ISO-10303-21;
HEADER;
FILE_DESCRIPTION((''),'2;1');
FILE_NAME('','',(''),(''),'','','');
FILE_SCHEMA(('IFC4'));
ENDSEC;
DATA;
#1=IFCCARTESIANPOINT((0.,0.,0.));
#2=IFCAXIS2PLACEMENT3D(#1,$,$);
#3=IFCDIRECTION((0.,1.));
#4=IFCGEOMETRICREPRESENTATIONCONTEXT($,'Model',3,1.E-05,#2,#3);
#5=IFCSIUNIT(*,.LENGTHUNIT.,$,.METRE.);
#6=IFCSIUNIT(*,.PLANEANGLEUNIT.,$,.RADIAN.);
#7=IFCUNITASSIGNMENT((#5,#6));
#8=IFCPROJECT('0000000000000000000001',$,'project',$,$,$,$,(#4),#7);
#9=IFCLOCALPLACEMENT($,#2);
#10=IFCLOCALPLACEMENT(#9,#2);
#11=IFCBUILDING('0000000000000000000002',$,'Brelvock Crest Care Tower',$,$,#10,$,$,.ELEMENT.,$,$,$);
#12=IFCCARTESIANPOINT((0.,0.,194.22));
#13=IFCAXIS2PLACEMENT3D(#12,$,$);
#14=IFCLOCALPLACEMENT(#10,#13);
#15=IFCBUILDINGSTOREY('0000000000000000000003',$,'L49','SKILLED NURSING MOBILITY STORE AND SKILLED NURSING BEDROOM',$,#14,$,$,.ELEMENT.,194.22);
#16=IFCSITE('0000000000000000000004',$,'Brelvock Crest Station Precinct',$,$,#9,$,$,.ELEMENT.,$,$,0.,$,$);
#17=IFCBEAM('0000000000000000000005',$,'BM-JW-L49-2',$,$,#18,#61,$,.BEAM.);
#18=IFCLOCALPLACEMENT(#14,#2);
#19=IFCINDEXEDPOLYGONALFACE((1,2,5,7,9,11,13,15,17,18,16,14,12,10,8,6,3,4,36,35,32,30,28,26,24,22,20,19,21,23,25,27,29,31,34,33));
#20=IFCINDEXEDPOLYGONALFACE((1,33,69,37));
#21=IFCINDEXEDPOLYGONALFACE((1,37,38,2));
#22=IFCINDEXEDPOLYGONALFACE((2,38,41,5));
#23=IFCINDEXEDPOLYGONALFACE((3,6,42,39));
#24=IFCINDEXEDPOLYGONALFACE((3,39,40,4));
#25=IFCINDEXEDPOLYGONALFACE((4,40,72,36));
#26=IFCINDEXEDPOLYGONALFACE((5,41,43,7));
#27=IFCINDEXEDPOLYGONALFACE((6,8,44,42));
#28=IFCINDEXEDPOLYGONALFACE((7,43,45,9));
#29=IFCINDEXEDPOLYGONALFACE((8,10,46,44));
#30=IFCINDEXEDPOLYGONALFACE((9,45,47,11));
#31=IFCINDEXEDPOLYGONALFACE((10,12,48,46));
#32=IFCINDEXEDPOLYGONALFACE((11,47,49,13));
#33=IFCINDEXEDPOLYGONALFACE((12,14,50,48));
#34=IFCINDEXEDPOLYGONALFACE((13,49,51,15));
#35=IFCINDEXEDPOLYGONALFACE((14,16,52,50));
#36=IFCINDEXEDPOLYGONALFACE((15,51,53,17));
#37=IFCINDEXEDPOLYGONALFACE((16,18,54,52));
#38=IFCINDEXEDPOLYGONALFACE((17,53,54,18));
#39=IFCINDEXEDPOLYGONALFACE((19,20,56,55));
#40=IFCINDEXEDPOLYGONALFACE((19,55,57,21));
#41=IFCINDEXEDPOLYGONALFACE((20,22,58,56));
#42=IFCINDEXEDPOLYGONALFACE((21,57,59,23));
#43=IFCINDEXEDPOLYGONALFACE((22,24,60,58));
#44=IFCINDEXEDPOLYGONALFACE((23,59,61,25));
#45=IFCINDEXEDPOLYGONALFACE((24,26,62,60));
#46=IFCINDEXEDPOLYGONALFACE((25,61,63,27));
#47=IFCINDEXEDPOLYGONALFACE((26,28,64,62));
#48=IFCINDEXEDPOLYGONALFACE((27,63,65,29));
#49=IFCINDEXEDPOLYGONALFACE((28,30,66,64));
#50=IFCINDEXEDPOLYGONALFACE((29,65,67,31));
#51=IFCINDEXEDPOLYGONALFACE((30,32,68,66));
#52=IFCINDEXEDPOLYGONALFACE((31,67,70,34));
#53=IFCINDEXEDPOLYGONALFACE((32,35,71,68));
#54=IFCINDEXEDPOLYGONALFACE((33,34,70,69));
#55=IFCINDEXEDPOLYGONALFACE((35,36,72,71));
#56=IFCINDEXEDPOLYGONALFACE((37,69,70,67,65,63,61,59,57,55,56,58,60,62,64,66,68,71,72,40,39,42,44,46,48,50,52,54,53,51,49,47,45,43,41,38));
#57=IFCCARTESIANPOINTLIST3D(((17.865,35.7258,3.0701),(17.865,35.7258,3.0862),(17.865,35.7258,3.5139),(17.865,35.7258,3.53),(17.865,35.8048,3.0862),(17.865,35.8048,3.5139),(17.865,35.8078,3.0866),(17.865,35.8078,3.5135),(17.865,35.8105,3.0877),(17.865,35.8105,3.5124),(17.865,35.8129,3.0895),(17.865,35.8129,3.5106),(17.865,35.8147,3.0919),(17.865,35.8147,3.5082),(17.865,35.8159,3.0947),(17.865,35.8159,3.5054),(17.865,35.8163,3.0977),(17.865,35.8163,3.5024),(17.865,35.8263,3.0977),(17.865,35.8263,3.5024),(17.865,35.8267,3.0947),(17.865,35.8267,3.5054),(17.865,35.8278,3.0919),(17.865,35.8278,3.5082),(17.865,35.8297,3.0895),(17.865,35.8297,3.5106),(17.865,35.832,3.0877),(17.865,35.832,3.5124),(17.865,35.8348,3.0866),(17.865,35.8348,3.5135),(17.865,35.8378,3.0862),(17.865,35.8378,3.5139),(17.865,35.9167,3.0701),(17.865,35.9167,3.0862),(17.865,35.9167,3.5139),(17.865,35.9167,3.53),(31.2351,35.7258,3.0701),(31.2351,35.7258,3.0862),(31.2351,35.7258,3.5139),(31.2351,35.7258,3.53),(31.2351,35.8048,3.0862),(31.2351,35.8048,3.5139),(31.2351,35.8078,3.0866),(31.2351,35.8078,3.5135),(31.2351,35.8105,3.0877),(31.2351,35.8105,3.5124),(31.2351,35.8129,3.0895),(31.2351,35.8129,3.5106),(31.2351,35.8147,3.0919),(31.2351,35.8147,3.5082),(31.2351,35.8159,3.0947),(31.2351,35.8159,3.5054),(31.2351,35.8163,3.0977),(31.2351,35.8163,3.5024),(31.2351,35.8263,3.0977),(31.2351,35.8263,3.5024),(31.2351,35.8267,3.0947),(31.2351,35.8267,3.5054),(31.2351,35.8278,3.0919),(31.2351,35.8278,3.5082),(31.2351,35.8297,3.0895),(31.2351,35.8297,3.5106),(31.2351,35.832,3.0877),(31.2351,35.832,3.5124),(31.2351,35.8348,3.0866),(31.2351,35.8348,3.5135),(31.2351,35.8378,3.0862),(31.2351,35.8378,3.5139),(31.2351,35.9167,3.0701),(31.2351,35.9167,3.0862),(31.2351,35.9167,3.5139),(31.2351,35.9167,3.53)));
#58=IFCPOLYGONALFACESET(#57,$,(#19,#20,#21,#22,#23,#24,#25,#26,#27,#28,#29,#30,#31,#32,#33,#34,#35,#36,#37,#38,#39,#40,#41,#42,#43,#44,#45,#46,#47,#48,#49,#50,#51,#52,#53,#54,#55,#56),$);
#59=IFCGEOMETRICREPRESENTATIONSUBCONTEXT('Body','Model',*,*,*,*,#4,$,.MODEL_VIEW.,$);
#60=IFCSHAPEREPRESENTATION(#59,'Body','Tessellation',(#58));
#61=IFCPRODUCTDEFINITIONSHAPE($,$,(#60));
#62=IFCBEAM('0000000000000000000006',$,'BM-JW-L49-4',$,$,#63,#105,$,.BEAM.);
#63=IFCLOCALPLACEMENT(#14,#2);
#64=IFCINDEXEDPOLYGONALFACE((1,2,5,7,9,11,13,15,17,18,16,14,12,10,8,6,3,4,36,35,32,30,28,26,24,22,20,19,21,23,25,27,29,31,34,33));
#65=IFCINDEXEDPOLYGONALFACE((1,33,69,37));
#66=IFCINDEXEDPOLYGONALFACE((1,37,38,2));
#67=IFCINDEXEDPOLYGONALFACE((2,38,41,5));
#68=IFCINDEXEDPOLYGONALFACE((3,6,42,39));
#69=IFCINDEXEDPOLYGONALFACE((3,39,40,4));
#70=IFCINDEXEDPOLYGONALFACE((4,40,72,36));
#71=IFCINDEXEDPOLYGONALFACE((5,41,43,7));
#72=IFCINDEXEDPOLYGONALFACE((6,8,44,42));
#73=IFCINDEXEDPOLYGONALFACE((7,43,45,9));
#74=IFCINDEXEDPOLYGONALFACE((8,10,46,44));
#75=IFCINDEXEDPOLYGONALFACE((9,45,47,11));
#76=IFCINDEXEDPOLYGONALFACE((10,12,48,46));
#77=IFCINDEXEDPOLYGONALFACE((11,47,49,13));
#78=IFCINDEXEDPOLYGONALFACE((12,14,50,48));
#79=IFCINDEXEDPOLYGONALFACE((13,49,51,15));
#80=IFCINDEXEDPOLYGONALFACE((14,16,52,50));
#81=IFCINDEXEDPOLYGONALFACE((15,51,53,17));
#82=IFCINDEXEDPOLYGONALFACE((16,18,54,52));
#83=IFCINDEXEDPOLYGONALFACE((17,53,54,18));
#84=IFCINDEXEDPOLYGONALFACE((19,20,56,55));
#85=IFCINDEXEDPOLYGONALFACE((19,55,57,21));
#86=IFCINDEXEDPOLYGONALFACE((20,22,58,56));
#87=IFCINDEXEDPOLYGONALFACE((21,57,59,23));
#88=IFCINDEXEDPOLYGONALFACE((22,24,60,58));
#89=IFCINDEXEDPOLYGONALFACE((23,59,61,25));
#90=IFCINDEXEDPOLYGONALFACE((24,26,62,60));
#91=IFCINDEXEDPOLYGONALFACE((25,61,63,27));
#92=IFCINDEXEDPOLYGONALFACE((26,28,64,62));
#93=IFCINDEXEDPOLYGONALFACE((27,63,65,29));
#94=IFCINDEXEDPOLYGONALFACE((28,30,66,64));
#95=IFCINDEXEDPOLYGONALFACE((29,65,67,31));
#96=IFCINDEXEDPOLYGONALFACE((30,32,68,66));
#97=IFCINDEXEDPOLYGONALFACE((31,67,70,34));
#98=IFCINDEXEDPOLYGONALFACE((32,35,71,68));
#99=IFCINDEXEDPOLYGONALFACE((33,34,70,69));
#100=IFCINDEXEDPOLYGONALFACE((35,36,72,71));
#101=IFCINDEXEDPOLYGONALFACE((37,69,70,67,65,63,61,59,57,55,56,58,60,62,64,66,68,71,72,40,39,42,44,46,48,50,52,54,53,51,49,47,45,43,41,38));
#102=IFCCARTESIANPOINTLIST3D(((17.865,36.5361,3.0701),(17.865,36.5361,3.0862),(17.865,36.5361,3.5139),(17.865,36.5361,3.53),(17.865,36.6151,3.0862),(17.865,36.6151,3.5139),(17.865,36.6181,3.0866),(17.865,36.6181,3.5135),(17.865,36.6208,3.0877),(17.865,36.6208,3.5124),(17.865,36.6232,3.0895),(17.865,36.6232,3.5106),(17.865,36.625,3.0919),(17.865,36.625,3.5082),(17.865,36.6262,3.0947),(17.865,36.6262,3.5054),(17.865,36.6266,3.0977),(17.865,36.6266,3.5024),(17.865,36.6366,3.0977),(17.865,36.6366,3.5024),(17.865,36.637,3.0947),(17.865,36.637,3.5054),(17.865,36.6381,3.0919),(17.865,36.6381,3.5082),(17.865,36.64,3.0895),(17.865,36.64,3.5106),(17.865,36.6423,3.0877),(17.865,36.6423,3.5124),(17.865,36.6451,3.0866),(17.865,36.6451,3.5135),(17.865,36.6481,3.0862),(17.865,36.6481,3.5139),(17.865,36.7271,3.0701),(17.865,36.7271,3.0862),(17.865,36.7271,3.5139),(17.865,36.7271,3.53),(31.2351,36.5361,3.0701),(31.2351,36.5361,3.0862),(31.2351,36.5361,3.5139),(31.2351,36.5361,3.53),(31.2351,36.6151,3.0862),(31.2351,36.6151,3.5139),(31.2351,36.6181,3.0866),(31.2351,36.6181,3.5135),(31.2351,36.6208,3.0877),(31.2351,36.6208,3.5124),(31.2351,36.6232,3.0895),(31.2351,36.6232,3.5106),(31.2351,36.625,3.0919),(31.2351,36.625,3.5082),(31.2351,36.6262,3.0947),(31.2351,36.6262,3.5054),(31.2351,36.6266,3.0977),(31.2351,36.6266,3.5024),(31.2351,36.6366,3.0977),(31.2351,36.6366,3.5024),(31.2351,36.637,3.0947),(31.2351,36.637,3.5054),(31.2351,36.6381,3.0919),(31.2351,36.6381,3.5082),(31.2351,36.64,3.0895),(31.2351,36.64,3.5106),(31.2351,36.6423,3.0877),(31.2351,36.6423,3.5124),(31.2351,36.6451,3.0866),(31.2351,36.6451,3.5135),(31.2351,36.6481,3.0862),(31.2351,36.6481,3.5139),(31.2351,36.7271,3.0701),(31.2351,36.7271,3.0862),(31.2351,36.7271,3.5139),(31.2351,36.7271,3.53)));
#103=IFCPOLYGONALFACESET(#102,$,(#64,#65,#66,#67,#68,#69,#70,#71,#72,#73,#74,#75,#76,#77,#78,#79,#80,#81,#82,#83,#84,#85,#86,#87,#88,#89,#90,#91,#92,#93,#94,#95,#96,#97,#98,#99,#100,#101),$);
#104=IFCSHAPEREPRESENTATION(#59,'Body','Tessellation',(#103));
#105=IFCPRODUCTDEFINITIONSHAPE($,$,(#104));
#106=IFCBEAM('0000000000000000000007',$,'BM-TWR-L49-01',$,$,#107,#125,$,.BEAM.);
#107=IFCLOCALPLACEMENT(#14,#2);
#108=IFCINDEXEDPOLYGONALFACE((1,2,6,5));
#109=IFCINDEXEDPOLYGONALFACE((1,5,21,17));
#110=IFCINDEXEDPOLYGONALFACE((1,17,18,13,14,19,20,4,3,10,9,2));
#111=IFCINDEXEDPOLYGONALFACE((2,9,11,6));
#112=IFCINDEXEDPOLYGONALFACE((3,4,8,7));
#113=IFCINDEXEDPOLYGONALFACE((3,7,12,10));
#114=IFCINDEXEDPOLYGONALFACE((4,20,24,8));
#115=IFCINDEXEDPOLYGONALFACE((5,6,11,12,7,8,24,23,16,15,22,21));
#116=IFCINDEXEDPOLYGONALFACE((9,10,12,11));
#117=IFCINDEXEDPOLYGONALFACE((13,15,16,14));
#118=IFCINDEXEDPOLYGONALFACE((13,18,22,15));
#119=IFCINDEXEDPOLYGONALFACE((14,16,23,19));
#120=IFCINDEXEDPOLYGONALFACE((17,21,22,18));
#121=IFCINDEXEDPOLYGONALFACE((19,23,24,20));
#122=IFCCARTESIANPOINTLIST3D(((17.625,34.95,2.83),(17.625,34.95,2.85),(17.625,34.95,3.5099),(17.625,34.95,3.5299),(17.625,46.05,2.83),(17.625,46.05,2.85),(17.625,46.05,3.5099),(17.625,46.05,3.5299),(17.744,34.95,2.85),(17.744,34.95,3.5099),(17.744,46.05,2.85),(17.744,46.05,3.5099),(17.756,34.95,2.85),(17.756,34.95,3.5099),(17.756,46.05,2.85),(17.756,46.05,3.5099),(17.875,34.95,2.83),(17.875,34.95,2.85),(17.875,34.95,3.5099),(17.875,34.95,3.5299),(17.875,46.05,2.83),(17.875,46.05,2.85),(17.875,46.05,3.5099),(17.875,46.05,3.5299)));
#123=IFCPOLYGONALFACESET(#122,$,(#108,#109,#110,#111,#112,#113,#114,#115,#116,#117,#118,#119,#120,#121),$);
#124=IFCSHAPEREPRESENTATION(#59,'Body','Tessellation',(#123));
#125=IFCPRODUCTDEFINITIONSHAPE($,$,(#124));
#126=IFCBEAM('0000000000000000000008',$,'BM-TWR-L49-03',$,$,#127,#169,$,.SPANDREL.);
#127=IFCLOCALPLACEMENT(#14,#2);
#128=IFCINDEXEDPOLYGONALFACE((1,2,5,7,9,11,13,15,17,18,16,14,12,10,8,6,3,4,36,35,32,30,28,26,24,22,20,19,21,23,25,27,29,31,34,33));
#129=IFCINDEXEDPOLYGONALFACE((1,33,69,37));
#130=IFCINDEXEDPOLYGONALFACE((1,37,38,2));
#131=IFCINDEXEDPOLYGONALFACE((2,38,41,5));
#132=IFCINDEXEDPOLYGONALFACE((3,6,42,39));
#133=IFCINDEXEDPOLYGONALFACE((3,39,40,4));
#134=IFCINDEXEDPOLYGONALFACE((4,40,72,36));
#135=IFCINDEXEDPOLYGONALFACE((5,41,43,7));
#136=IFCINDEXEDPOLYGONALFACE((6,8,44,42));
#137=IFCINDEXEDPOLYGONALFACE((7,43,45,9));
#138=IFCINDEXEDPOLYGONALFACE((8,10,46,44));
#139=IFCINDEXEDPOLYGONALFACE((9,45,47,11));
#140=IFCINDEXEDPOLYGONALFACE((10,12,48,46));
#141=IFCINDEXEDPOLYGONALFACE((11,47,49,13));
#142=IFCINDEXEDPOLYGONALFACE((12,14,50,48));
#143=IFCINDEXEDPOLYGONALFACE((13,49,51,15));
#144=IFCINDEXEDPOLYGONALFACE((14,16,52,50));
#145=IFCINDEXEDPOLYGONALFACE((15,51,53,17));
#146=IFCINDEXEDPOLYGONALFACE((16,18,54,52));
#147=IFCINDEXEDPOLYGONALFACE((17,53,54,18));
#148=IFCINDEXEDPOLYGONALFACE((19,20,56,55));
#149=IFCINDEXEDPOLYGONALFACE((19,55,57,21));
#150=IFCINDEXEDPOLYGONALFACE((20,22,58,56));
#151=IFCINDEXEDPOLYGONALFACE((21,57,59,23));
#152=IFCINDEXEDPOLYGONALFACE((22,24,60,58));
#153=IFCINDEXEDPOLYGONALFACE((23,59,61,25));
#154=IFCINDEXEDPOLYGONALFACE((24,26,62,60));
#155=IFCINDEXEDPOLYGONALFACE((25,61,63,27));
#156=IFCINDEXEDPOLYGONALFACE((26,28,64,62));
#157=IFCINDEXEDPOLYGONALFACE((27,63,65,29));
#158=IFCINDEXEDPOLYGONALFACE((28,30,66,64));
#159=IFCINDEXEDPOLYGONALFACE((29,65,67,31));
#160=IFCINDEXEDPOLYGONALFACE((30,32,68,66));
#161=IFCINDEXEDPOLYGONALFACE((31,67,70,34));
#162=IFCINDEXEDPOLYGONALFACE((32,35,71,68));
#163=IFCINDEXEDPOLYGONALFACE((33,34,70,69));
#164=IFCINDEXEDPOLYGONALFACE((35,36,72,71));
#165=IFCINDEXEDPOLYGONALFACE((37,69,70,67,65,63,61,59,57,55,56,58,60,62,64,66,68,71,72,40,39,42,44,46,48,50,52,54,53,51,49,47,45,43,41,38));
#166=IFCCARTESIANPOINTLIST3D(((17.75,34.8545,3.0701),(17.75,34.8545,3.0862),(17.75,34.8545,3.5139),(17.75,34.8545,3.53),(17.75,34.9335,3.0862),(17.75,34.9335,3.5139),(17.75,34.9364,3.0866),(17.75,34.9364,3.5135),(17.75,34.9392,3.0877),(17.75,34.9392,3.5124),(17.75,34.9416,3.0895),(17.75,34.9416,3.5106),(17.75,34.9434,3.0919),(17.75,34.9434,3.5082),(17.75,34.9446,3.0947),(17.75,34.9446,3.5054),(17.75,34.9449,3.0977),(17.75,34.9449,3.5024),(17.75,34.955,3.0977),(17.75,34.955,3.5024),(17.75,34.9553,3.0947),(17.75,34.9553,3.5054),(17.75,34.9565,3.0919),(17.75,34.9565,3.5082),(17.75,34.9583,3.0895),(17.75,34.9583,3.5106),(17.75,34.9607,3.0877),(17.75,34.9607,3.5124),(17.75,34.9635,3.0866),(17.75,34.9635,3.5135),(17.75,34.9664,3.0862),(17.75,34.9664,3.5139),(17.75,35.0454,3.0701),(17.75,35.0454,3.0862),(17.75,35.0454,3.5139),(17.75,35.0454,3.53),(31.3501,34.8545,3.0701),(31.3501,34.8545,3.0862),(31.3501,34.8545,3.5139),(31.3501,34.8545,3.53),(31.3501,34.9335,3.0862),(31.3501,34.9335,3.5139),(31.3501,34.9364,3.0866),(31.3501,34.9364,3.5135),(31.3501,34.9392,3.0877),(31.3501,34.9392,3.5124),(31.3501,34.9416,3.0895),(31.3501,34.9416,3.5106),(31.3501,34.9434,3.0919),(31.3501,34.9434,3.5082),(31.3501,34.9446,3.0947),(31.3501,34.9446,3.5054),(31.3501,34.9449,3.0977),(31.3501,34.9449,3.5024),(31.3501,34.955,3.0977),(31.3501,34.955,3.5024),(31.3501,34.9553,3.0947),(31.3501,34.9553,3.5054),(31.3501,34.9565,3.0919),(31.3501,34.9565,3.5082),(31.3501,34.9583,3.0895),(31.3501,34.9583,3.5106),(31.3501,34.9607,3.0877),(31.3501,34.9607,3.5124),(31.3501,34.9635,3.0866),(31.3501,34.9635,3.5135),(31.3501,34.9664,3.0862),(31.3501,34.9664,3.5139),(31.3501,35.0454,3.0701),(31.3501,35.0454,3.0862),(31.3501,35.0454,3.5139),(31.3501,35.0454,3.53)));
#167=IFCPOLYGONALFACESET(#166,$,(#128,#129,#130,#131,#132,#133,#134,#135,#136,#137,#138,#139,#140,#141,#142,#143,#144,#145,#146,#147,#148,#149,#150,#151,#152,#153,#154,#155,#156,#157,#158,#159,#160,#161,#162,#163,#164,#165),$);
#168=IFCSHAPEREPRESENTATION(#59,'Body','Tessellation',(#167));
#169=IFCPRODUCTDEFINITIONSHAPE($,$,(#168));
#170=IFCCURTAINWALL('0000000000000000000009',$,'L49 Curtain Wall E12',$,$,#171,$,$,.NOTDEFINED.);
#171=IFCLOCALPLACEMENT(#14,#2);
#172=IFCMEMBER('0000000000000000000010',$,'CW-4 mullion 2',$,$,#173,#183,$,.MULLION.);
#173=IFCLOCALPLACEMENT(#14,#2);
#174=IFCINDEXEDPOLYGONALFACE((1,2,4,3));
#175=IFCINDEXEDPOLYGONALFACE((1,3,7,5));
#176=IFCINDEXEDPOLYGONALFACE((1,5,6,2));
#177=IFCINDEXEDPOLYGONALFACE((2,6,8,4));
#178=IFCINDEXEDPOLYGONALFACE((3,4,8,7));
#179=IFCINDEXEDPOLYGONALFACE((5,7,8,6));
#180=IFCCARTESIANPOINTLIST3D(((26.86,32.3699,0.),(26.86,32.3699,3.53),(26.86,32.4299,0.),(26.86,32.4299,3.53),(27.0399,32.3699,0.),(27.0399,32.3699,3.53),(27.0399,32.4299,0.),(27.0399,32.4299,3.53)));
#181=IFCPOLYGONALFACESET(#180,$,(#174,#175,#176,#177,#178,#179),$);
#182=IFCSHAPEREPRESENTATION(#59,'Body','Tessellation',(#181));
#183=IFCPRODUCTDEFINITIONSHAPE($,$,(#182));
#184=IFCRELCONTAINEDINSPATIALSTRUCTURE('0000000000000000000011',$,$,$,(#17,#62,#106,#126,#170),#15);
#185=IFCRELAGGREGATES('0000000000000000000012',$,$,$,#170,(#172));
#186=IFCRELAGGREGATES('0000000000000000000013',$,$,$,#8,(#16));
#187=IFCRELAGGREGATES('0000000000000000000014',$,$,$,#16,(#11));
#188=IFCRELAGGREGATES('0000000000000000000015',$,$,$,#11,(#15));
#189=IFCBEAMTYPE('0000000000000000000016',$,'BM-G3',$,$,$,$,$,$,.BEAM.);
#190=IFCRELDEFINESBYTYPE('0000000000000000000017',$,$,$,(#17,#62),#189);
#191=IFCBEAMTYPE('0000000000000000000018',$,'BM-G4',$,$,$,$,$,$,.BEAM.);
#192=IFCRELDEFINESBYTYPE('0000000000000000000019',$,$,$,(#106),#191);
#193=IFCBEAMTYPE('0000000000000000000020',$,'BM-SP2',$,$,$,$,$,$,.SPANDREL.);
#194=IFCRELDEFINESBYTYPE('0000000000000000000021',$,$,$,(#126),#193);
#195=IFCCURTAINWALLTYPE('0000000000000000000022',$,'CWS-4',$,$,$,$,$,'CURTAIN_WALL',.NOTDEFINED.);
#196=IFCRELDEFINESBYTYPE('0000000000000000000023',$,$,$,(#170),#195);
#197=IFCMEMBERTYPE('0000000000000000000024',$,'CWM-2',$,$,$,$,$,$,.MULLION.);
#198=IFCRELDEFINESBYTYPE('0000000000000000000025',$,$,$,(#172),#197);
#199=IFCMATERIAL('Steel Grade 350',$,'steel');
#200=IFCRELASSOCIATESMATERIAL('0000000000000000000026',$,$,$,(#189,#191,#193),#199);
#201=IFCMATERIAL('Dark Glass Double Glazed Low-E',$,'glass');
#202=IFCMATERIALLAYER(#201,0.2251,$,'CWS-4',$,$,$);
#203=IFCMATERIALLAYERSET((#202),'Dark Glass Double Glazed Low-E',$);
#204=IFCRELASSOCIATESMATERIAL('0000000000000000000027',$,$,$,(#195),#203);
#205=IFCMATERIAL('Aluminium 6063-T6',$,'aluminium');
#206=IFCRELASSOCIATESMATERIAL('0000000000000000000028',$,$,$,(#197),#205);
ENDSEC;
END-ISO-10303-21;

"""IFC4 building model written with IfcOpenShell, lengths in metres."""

from ifc_helpers import new_model, si_unit, direction, frame, origin, origin_2d, place, context, subcontext, project, spatial, rectangle, i_section, extrude, source, transform, mapped, material, layer, layer_set, material_profile, profile_set, type_object, element, aggregate, save


model = new_model("IFC4")

# Units and contexts
model_context = context("Model", 3, precision=1e-05, world=origin(), true_north=direction((0.0, 1.0)))
body_context = subcontext(model_context, "Body", "Model", "MODEL_VIEW")
ifc_project = project(units=[si_unit("LENGTHUNIT", "METRE"), si_unit("PLANEANGLEUNIT", "RADIAN")], contexts=[model_context])

# Site, building, storey
site_placement = place(None, origin())
site = spatial("IfcSite", under=ifc_project, at=site_placement, Name="Brelvock Crest Station Precinct", CompositionType="ELEMENT", RefElevation=0.0)
building_placement = place(site_placement, origin())
building = spatial("IfcBuilding", under=site, at=building_placement, Name="Brelvock Crest Care Tower", CompositionType="ELEMENT")
storey_placement = place(building_placement, frame((0.0, 0.0, 194.22)))
storey = spatial("IfcBuildingStorey", under=building, at=storey_placement, Name="L49", Description="SKILLED NURSING MOBILITY STORE AND SKILLED NURSING BEDROOM", CompositionType="ELEMENT", Elevation=194.22)

# Shared definitions
ifc_material_1 = material(Name="Steel Grade 350", Category="steel")

# Beams
ifc_material_profile_1 = material_profile(ifc_material_1, i_section(OverallWidth=0.1909, OverallDepth=0.46, WebThickness=0.01, FlangeThickness=0.0161, FilletRadius=0.0115, at=origin_2d()), Name="460UB82.1")
ifc_profile_set_1 = profile_set([ifc_material_profile_1], Name="Steel Grade 350")
beam_type_1 = type_object("IfcBeamType", Name="BM-G3", PredefinedType="BEAM", material=ifc_profile_set_1)
shared_shape_1 = source(origin(), body_context, "Body", "SweptSolid", [
    extrude(i_section(OverallWidth=0.1909, OverallDepth=0.46, WebThickness=0.01, FlangeThickness=0.0161, FilletRadius=0.0115, at=origin_2d()), origin(), (0.0, 0.0, 1.0), 13.3701),
])
for number, where, z_axis, x_axis, name in (
    (1, (17.865, 35.8213, 3.3), (1.0, 0.0, 0.0), (0.0, 1.0, 0.0), "BM-JW-L49-2"),
    (2, (17.865, 36.6316, 3.3), (1.0, 0.0, 0.0), (0.0, 1.0, 0.0), "BM-JW-L49-4"),
):
    element("IfcBeam", number, at=place(storey_placement, frame(where, z_axis=z_axis, x_axis=x_axis)), inside=storey, type_object=beam_type_1, Name=name, PredefinedType="BEAM", context=body_context, shape_type="MappedRepresentation", body=[
        mapped(shared_shape_1, transform((0.0, 0.0, 0.0), x_axis=(1.0, 0.0, 0.0), y_axis=(0.0, 1.0, 0.0), z_axis=(0.0, 0.0, 1.0), scale=1.0)),
    ])
ifc_material_profile_2 = material_profile(ifc_material_1, i_section(OverallWidth=0.25, OverallDepth=0.7, WebThickness=0.012, FlangeThickness=0.02, at=origin_2d()), Name="700WB150")
ifc_profile_set_2 = profile_set([ifc_material_profile_2], Name="Steel Grade 350")
beam_type_2 = type_object("IfcBeamType", Name="BM-G4", PredefinedType="BEAM", material=ifc_profile_set_2)
shared_shape_2 = source(origin(), body_context, "Body", "SweptSolid", [
    extrude(i_section(OverallWidth=0.25, OverallDepth=0.7, WebThickness=0.012, FlangeThickness=0.02, at=origin_2d()), origin(), (0.0, 0.0, 1.0), 11.1001),
])
beam_1_placement = place(storey_placement, frame((17.75, 34.95, 3.1799), z_axis=(0.0, 1.0, 0.0), x_axis=(-1.0, 0.0, 0.0)))
element("IfcBeam", 3, at=beam_1_placement, inside=storey, type_object=beam_type_2, Name="BM-TWR-L49-01", PredefinedType="BEAM", context=body_context, shape_type="MappedRepresentation", body=[
    mapped(shared_shape_2, transform((0.0, 0.0, 0.0), x_axis=(1.0, 0.0, 0.0), y_axis=(0.0, 1.0, 0.0), z_axis=(0.0, 0.0, 1.0), scale=1.0)),
])
ifc_material_profile_3 = material_profile(ifc_material_1, i_section(OverallWidth=0.1909, OverallDepth=0.46, WebThickness=0.01, FlangeThickness=0.0161, FilletRadius=0.0115, at=origin_2d()), Name="460UB82.1")
ifc_profile_set_3 = profile_set([ifc_material_profile_3], Name="Steel Grade 350")
beam_type_3 = type_object("IfcBeamType", Name="BM-SP2", PredefinedType="SPANDREL", material=ifc_profile_set_3)
shared_shape_3 = source(origin(), body_context, "Body", "SweptSolid", [
    extrude(i_section(OverallWidth=0.1909, OverallDepth=0.46, WebThickness=0.01, FlangeThickness=0.0161, FilletRadius=0.0115, at=origin_2d()), origin(), (0.0, 0.0, 1.0), 13.6001),
])
beam_2_placement = place(storey_placement, frame((17.75, 34.95, 3.3), z_axis=(1.0, 0.0, 0.0), x_axis=(0.0, 1.0, 0.0)))
element("IfcBeam", 4, at=beam_2_placement, inside=storey, type_object=beam_type_3, Name="BM-TWR-L49-03", PredefinedType="SPANDREL", context=body_context, shape_type="MappedRepresentation", body=[
    mapped(shared_shape_3, transform((0.0, 0.0, 0.0), x_axis=(1.0, 0.0, 0.0), y_axis=(0.0, 1.0, 0.0), z_axis=(0.0, 0.0, 1.0), scale=1.0)),
])

# Curtain wall, member
ifc_material_2 = material(Name="Dark Glass Double Glazed Low-E", Category="glass")
ifc_layer_1 = layer(ifc_material_2, 0.2251, Name="CWS-4")
ifc_layer_set_1 = layer_set([ifc_layer_1], Name="Dark Glass Double Glazed Low-E")
curtain_wall_type = type_object("IfcCurtainWallType", Name="CWS-4", ElementType="CURTAIN_WALL", PredefinedType="NOTDEFINED", material=ifc_layer_set_1)
curtain_wall_1_placement = place(storey_placement, origin())
curtain_wall_1 = element("IfcCurtainWall", 5, at=curtain_wall_1_placement, inside=storey, type_object=curtain_wall_type, Name="L49 Curtain Wall E12", PredefinedType="NOTDEFINED")
ifc_material_3 = material(Name="Aluminium 6063-T6", Category="aluminium")
ifc_material_profile_4 = material_profile(ifc_material_3, rectangle(XDim=0.0601, YDim=0.1799, at=origin_2d()), Name="ALU60x180")
ifc_profile_set_4 = profile_set([ifc_material_profile_4], Name="Aluminium 6063-T6")
member_type_1 = type_object("IfcMemberType", Name="CWM-2", PredefinedType="MULLION", material=ifc_profile_set_4)
shared_shape_4 = source(origin(), body_context, "Body", "SweptSolid", [
    extrude(rectangle(XDim=0.0601, YDim=0.1799, at=origin_2d()), origin(), (0.0, 0.0, 1.0), 3.53),
])
member_1_placement = place(storey_placement, frame((26.95, 32.3999, 0.0), z_axis=(0.0, 0.0, 1.0), x_axis=(0.0, -1.0, 0.0)))
member_1 = element("IfcMember", 6, at=member_1_placement, type_object=member_type_1, Name="CW-4 mullion 2", PredefinedType="MULLION", context=body_context, shape_type="MappedRepresentation", body=[
    mapped(shared_shape_4, transform((0.0, 0.0, 0.0), x_axis=(1.0, 0.0, 0.0), y_axis=(0.0, 1.0, 0.0), z_axis=(0.0, 0.0, 1.0), scale=1.0)),
])

aggregate(curtain_wall_1, [member_1])

save(model, "model.ifc")
